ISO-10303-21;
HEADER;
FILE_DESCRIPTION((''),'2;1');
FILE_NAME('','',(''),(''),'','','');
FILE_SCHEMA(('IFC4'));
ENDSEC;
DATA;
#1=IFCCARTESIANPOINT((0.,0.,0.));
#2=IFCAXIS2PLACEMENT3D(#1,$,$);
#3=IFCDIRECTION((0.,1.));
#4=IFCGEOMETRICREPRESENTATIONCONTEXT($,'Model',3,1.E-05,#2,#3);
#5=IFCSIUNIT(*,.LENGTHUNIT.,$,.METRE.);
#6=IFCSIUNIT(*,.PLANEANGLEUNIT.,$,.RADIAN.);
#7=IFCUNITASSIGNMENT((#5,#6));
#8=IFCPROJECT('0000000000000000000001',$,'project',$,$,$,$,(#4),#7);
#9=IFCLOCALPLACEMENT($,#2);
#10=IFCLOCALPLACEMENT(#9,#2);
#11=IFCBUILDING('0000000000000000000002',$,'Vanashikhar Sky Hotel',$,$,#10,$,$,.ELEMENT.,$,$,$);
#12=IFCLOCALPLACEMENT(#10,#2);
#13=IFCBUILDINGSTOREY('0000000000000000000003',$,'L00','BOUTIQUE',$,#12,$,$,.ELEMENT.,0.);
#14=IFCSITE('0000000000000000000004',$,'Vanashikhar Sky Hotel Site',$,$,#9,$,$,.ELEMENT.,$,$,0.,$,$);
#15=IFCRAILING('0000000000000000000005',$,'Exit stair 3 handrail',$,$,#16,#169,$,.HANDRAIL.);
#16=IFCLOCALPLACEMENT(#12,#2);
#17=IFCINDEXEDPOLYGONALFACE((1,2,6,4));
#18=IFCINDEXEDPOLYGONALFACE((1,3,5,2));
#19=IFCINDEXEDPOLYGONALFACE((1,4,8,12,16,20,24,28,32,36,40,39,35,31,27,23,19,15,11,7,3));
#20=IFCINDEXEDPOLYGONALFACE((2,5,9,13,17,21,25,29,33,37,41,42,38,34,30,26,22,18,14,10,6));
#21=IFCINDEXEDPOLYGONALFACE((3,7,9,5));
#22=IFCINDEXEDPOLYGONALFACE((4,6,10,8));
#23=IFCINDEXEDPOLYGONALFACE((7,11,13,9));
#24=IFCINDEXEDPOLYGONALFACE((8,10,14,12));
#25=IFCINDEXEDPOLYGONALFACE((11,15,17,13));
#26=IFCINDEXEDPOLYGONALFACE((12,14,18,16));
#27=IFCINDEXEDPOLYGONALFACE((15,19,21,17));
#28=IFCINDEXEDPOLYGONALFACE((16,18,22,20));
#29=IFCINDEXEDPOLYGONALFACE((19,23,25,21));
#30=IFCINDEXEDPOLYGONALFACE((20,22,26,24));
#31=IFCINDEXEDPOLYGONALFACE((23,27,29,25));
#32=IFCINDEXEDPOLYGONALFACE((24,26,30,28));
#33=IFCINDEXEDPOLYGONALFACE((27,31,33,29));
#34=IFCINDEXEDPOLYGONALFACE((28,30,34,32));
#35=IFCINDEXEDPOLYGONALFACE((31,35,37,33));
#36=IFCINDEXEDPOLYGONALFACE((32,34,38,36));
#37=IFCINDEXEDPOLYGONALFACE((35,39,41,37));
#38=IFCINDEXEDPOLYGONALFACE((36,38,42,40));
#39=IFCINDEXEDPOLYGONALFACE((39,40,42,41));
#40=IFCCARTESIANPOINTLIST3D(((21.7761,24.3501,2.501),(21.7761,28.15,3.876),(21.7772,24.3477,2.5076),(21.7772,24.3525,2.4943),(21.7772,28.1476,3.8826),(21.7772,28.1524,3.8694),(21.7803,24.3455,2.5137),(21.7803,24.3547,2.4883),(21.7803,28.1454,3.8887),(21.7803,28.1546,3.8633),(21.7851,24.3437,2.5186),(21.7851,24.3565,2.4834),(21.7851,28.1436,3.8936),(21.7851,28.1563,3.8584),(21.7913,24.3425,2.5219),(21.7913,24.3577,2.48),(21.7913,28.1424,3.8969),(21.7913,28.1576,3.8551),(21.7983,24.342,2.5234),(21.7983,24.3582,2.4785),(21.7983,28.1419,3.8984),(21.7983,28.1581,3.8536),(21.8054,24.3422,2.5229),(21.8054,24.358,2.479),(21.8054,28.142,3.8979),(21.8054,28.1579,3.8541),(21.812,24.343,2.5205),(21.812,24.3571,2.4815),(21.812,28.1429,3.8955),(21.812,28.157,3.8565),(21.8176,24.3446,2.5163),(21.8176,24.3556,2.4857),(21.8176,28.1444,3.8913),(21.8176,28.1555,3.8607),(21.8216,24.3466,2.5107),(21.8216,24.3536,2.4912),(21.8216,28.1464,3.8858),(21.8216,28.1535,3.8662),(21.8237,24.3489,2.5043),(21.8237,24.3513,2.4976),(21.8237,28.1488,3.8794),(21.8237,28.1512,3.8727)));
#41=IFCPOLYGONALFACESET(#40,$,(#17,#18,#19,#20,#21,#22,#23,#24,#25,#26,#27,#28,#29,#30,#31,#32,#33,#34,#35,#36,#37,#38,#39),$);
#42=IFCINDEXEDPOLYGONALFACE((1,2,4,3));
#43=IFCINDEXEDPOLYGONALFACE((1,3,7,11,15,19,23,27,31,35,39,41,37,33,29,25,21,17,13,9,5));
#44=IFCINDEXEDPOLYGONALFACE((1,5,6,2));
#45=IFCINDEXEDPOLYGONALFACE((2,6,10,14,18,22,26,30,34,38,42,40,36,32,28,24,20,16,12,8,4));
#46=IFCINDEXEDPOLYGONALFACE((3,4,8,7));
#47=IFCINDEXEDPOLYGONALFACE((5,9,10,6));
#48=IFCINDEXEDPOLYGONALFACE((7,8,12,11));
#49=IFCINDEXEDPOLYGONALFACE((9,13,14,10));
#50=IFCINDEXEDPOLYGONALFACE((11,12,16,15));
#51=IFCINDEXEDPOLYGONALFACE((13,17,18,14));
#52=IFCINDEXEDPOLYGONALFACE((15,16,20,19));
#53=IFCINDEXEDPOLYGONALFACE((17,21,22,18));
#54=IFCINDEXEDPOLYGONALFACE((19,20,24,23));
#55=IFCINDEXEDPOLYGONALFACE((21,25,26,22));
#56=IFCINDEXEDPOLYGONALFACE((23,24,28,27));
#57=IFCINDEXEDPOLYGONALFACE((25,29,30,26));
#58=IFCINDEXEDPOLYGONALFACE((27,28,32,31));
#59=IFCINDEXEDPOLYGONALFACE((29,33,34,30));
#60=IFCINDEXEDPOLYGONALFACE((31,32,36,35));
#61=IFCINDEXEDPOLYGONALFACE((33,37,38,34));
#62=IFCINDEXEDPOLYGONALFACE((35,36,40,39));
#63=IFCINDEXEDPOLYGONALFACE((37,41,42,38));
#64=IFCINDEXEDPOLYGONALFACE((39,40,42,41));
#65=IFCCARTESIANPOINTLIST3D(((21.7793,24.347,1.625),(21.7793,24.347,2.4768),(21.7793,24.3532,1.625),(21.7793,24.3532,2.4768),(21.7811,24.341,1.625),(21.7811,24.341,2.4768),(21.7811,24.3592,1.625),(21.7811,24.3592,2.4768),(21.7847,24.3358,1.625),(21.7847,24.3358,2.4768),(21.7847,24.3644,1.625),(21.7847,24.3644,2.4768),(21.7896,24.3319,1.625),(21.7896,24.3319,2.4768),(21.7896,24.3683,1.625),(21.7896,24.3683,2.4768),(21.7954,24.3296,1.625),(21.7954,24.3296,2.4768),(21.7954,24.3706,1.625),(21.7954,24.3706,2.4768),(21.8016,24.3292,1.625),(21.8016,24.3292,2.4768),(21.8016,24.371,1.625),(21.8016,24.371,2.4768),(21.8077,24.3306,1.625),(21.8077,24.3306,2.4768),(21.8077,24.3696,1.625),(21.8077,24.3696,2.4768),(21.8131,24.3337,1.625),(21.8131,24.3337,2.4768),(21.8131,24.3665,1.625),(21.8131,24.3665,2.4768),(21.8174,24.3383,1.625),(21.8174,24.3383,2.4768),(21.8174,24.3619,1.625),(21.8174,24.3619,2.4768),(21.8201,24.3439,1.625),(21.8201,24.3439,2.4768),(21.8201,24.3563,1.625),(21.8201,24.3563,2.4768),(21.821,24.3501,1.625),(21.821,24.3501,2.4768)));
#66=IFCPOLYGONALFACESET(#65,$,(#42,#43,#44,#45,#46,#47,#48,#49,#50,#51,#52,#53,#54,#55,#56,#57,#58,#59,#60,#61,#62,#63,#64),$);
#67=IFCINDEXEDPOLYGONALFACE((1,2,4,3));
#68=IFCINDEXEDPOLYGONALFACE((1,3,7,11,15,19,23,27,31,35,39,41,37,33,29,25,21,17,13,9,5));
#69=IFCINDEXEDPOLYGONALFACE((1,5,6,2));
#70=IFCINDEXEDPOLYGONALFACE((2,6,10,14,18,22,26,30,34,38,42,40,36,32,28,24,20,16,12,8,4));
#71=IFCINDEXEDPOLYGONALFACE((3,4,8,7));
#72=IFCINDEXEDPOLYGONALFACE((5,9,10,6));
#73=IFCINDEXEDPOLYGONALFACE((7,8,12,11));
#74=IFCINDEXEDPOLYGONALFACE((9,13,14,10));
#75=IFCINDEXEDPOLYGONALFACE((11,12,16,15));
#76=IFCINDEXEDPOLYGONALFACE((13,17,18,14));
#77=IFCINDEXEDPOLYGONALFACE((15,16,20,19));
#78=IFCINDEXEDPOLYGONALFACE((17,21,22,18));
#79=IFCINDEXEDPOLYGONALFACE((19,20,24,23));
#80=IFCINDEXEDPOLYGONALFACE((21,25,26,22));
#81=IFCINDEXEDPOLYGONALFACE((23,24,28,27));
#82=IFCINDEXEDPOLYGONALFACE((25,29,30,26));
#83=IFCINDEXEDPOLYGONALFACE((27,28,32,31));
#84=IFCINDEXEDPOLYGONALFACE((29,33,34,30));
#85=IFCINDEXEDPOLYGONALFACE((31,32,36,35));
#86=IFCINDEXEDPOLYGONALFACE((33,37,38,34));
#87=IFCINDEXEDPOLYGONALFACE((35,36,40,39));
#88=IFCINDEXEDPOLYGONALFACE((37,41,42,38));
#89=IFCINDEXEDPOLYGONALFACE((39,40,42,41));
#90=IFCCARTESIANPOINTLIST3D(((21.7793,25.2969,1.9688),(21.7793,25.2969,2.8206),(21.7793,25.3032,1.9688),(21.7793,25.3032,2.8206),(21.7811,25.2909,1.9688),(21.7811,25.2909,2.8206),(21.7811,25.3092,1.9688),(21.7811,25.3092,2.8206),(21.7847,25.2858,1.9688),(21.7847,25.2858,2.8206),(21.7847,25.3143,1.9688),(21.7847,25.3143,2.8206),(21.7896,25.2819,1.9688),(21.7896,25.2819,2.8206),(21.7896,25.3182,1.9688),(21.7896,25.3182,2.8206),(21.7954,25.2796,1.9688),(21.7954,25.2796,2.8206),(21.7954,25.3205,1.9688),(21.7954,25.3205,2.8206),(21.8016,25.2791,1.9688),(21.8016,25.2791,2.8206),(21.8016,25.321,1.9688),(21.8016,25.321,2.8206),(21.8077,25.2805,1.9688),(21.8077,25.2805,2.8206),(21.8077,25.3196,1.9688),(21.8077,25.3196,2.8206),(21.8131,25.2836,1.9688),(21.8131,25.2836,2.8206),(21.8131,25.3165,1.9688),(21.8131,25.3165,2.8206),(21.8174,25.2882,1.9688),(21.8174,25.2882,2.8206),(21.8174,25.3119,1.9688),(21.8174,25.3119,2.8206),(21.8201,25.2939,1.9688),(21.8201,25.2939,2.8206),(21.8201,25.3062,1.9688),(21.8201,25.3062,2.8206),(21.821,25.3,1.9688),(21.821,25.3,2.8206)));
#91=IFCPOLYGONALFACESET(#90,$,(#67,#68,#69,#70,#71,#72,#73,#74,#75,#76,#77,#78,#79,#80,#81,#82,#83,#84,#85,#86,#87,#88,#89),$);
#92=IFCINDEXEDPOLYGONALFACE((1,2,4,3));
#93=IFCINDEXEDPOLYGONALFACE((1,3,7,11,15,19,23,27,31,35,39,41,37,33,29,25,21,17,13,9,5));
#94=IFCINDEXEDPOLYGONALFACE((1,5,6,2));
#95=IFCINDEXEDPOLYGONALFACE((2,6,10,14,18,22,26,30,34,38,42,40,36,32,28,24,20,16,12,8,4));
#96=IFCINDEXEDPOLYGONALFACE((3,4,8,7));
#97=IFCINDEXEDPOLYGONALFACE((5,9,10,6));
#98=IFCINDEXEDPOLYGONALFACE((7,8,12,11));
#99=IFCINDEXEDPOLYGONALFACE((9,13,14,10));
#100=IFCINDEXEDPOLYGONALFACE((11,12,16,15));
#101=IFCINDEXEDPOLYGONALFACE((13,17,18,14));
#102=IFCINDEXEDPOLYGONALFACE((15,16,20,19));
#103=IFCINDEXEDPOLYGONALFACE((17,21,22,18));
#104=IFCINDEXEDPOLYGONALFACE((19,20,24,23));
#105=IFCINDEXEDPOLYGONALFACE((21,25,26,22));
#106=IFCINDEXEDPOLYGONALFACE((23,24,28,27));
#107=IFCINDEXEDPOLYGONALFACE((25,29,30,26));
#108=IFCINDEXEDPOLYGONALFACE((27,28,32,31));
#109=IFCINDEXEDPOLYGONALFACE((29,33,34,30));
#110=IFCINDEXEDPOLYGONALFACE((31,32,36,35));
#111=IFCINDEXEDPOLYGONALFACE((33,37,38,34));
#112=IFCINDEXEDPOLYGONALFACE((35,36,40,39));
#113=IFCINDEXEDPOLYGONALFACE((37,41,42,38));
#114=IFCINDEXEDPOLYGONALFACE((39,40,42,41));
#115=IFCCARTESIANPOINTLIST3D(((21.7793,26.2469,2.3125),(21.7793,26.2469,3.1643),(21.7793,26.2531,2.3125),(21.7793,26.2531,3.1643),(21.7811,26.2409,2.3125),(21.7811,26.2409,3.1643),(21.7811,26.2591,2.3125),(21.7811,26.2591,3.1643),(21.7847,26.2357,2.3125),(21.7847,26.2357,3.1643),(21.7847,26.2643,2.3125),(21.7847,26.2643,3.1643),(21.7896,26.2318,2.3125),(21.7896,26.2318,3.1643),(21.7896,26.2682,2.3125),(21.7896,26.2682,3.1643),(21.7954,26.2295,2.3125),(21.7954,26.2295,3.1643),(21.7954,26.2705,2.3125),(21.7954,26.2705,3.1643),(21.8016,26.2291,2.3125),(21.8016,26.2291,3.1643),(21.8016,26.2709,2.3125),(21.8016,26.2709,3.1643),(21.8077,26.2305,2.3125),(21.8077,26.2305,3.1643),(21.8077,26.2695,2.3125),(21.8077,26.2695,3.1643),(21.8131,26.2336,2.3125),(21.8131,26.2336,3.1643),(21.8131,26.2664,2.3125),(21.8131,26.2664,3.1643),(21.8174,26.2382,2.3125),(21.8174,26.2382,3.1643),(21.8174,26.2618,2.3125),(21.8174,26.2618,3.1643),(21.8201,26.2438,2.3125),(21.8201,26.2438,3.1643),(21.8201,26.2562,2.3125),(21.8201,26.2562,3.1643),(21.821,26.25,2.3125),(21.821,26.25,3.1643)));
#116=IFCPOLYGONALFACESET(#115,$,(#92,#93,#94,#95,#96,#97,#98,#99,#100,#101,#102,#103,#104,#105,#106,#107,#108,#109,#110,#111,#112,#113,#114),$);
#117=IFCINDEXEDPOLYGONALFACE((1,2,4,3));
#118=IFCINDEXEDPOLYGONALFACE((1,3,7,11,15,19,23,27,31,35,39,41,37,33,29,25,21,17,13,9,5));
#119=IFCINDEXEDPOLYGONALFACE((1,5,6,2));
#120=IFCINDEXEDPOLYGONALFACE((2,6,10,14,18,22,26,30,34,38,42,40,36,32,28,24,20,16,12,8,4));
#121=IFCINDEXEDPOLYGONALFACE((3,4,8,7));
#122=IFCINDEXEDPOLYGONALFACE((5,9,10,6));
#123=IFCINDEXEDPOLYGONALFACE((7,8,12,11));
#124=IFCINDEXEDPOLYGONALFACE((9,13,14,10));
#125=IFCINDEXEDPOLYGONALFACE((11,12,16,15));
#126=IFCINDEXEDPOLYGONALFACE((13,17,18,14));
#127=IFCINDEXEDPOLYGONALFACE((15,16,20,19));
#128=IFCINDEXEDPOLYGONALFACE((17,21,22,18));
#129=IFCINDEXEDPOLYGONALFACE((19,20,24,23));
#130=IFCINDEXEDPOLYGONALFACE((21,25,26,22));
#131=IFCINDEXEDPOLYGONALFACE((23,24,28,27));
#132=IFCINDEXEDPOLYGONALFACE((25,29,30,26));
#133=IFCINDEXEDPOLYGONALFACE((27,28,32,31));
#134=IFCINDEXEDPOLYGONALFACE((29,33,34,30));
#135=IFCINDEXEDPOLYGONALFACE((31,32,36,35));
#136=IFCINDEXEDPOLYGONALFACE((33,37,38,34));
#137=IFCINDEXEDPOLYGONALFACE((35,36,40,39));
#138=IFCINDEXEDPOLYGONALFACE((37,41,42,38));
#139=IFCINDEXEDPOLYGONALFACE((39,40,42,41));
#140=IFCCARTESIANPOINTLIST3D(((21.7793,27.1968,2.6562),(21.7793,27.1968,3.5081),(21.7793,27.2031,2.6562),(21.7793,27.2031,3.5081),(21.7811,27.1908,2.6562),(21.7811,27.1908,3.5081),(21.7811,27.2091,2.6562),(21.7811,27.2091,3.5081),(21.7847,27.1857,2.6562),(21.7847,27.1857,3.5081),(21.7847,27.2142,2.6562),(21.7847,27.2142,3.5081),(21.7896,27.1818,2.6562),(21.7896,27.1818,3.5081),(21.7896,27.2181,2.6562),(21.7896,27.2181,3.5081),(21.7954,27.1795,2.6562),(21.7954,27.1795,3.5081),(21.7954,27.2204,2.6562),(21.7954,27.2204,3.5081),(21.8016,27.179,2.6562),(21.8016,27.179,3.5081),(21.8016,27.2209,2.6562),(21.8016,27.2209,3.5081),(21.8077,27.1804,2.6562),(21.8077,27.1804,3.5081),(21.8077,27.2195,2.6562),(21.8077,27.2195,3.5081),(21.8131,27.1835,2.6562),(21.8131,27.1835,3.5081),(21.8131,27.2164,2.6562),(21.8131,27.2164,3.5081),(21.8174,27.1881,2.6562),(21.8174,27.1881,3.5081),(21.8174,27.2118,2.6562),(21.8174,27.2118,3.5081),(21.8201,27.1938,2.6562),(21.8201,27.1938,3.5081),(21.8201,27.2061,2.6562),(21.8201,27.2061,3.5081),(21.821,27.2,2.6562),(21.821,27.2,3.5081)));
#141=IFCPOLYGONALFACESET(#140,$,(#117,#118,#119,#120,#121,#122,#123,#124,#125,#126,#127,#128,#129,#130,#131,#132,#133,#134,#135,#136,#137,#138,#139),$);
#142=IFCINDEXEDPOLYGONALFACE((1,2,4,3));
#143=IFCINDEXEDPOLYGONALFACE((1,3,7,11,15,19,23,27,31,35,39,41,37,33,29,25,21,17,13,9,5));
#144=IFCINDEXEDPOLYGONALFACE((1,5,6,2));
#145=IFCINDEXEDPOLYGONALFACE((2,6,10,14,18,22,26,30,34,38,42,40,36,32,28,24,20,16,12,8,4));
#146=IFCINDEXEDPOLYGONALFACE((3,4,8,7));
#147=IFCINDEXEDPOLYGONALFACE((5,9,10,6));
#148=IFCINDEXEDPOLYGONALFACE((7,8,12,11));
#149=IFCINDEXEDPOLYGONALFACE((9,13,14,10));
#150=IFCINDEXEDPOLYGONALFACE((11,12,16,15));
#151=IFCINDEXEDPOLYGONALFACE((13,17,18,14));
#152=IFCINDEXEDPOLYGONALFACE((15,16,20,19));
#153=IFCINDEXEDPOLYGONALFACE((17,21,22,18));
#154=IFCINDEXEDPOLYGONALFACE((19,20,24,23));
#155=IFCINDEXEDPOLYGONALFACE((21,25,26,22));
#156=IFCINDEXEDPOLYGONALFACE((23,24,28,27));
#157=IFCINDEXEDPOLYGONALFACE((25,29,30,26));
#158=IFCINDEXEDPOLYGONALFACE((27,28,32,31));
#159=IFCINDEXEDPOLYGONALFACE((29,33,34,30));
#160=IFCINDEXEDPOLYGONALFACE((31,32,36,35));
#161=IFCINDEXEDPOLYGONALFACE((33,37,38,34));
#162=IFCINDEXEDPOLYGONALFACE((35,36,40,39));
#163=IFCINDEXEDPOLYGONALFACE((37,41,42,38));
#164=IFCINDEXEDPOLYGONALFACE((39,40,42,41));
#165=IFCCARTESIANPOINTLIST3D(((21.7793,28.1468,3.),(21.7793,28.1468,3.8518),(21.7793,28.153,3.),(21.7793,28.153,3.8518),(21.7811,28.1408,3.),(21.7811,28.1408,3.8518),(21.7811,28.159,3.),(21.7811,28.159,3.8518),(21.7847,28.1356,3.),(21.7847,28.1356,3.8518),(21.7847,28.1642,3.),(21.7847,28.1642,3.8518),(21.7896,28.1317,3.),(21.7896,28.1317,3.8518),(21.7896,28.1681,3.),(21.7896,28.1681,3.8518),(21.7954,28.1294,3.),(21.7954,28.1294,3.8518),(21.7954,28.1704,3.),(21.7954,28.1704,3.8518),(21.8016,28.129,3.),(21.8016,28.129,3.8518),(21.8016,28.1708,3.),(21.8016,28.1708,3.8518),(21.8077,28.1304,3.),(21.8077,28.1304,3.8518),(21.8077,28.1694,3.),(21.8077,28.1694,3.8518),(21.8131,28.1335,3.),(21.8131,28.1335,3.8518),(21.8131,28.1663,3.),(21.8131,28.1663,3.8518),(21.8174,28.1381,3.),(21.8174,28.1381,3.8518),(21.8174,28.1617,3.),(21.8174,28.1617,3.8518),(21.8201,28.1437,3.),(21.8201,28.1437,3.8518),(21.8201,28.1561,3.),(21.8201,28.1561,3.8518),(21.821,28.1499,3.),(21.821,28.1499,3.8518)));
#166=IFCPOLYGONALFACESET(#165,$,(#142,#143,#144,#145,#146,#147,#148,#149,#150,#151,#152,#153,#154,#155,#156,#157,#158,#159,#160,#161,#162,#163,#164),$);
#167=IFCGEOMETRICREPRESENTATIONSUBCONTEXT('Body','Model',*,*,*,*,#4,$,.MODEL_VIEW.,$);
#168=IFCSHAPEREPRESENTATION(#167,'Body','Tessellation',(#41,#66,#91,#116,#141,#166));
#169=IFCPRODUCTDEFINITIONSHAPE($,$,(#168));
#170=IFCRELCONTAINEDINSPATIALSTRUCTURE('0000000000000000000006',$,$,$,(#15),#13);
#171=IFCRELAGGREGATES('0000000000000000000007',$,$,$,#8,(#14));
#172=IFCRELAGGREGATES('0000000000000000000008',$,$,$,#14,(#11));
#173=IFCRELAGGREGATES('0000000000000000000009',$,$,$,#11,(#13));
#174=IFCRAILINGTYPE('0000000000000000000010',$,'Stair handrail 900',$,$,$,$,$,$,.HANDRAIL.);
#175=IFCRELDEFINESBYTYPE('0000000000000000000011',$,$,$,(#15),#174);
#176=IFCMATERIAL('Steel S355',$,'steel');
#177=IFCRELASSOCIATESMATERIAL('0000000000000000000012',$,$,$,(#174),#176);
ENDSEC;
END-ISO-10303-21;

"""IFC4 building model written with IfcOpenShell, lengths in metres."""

from ifc_helpers import new_model, si_unit, direction, frame, origin, origin_2d, place, context, subcontext, project, spatial, circle, extrude, source, transform, mapped, material, type_object, element, save


model = new_model("IFC4")

# Units and contexts
model_context = context("Model", 3, precision=1e-05, world=origin(), true_north=direction((0.0, 1.0)))
body_context = subcontext(model_context, "Body", "Model", "MODEL_VIEW")
ifc_project = project(units=[si_unit("LENGTHUNIT", "METRE"), si_unit("PLANEANGLEUNIT", "RADIAN")], contexts=[model_context])

# Site, building, storey
site_placement = place(None, origin())
site = spatial("IfcSite", under=ifc_project, at=site_placement, Name="Vanashikhar Sky Hotel Site", CompositionType="ELEMENT", RefElevation=0.0)
building_placement = place(site_placement, origin())
building = spatial("IfcBuilding", under=site, at=building_placement, Name="Vanashikhar Sky Hotel", CompositionType="ELEMENT")
storey_placement = place(building_placement, origin())
storey = spatial("IfcBuildingStorey", under=building, at=storey_placement, Name="L00", Description="BOUTIQUE", CompositionType="ELEMENT", Elevation=0.0)

# Railing
ifc_material_1 = material(Name="Steel S355", Category="steel")
railing_type_1 = type_object("IfcRailingType", Name="Stair handrail 900", PredefinedType="HANDRAIL", material=ifc_material_1)
shared_shape_1 = source(origin(), body_context, "Body", "SweptSolid", [
    extrude(circle(Radius=0.0239, at=origin_2d()), frame((0.0, 0.0, 0.876), z_axis=(0.0, 0.940329, 0.340268), x_axis=(-1.0, 0.0, 0.0)), (0.0, 0.0, 1.0), 4.041),
    extrude(circle(Radius=0.021, at=origin_2d()), origin(), (0.0, 0.0, 1.0), 0.8518),
    extrude(circle(Radius=0.021, at=origin_2d()), frame((0.0, 0.95, 0.3438)), (0.0, 0.0, 1.0), 0.8518),
    extrude(circle(Radius=0.021, at=origin_2d()), frame((0.0, 1.8999, 0.6875)), (0.0, 0.0, 1.0), 0.8518),
    extrude(circle(Radius=0.021, at=origin_2d()), frame((0.0, 2.8499, 1.0312)), (0.0, 0.0, 1.0), 0.8518),
    extrude(circle(Radius=0.021, at=origin_2d()), frame((0.0, 3.7998, 1.375)), (0.0, 0.0, 1.0), 0.8518),
])
for number, where, name in (
    (1, (21.8, 24.3501, 1.625), "Exit stair 3 handrail"),
):
    element("IfcRailing", number, at=place(storey_placement, frame(where)), inside=storey, type_object=railing_type_1, Name=name, PredefinedType="HANDRAIL", context=body_context, shape_type="MappedRepresentation", body=[
        mapped(shared_shape_1, transform((0.0, 0.0, 0.0), scale=1.0)),
    ])

save(model, "model.ifc")
